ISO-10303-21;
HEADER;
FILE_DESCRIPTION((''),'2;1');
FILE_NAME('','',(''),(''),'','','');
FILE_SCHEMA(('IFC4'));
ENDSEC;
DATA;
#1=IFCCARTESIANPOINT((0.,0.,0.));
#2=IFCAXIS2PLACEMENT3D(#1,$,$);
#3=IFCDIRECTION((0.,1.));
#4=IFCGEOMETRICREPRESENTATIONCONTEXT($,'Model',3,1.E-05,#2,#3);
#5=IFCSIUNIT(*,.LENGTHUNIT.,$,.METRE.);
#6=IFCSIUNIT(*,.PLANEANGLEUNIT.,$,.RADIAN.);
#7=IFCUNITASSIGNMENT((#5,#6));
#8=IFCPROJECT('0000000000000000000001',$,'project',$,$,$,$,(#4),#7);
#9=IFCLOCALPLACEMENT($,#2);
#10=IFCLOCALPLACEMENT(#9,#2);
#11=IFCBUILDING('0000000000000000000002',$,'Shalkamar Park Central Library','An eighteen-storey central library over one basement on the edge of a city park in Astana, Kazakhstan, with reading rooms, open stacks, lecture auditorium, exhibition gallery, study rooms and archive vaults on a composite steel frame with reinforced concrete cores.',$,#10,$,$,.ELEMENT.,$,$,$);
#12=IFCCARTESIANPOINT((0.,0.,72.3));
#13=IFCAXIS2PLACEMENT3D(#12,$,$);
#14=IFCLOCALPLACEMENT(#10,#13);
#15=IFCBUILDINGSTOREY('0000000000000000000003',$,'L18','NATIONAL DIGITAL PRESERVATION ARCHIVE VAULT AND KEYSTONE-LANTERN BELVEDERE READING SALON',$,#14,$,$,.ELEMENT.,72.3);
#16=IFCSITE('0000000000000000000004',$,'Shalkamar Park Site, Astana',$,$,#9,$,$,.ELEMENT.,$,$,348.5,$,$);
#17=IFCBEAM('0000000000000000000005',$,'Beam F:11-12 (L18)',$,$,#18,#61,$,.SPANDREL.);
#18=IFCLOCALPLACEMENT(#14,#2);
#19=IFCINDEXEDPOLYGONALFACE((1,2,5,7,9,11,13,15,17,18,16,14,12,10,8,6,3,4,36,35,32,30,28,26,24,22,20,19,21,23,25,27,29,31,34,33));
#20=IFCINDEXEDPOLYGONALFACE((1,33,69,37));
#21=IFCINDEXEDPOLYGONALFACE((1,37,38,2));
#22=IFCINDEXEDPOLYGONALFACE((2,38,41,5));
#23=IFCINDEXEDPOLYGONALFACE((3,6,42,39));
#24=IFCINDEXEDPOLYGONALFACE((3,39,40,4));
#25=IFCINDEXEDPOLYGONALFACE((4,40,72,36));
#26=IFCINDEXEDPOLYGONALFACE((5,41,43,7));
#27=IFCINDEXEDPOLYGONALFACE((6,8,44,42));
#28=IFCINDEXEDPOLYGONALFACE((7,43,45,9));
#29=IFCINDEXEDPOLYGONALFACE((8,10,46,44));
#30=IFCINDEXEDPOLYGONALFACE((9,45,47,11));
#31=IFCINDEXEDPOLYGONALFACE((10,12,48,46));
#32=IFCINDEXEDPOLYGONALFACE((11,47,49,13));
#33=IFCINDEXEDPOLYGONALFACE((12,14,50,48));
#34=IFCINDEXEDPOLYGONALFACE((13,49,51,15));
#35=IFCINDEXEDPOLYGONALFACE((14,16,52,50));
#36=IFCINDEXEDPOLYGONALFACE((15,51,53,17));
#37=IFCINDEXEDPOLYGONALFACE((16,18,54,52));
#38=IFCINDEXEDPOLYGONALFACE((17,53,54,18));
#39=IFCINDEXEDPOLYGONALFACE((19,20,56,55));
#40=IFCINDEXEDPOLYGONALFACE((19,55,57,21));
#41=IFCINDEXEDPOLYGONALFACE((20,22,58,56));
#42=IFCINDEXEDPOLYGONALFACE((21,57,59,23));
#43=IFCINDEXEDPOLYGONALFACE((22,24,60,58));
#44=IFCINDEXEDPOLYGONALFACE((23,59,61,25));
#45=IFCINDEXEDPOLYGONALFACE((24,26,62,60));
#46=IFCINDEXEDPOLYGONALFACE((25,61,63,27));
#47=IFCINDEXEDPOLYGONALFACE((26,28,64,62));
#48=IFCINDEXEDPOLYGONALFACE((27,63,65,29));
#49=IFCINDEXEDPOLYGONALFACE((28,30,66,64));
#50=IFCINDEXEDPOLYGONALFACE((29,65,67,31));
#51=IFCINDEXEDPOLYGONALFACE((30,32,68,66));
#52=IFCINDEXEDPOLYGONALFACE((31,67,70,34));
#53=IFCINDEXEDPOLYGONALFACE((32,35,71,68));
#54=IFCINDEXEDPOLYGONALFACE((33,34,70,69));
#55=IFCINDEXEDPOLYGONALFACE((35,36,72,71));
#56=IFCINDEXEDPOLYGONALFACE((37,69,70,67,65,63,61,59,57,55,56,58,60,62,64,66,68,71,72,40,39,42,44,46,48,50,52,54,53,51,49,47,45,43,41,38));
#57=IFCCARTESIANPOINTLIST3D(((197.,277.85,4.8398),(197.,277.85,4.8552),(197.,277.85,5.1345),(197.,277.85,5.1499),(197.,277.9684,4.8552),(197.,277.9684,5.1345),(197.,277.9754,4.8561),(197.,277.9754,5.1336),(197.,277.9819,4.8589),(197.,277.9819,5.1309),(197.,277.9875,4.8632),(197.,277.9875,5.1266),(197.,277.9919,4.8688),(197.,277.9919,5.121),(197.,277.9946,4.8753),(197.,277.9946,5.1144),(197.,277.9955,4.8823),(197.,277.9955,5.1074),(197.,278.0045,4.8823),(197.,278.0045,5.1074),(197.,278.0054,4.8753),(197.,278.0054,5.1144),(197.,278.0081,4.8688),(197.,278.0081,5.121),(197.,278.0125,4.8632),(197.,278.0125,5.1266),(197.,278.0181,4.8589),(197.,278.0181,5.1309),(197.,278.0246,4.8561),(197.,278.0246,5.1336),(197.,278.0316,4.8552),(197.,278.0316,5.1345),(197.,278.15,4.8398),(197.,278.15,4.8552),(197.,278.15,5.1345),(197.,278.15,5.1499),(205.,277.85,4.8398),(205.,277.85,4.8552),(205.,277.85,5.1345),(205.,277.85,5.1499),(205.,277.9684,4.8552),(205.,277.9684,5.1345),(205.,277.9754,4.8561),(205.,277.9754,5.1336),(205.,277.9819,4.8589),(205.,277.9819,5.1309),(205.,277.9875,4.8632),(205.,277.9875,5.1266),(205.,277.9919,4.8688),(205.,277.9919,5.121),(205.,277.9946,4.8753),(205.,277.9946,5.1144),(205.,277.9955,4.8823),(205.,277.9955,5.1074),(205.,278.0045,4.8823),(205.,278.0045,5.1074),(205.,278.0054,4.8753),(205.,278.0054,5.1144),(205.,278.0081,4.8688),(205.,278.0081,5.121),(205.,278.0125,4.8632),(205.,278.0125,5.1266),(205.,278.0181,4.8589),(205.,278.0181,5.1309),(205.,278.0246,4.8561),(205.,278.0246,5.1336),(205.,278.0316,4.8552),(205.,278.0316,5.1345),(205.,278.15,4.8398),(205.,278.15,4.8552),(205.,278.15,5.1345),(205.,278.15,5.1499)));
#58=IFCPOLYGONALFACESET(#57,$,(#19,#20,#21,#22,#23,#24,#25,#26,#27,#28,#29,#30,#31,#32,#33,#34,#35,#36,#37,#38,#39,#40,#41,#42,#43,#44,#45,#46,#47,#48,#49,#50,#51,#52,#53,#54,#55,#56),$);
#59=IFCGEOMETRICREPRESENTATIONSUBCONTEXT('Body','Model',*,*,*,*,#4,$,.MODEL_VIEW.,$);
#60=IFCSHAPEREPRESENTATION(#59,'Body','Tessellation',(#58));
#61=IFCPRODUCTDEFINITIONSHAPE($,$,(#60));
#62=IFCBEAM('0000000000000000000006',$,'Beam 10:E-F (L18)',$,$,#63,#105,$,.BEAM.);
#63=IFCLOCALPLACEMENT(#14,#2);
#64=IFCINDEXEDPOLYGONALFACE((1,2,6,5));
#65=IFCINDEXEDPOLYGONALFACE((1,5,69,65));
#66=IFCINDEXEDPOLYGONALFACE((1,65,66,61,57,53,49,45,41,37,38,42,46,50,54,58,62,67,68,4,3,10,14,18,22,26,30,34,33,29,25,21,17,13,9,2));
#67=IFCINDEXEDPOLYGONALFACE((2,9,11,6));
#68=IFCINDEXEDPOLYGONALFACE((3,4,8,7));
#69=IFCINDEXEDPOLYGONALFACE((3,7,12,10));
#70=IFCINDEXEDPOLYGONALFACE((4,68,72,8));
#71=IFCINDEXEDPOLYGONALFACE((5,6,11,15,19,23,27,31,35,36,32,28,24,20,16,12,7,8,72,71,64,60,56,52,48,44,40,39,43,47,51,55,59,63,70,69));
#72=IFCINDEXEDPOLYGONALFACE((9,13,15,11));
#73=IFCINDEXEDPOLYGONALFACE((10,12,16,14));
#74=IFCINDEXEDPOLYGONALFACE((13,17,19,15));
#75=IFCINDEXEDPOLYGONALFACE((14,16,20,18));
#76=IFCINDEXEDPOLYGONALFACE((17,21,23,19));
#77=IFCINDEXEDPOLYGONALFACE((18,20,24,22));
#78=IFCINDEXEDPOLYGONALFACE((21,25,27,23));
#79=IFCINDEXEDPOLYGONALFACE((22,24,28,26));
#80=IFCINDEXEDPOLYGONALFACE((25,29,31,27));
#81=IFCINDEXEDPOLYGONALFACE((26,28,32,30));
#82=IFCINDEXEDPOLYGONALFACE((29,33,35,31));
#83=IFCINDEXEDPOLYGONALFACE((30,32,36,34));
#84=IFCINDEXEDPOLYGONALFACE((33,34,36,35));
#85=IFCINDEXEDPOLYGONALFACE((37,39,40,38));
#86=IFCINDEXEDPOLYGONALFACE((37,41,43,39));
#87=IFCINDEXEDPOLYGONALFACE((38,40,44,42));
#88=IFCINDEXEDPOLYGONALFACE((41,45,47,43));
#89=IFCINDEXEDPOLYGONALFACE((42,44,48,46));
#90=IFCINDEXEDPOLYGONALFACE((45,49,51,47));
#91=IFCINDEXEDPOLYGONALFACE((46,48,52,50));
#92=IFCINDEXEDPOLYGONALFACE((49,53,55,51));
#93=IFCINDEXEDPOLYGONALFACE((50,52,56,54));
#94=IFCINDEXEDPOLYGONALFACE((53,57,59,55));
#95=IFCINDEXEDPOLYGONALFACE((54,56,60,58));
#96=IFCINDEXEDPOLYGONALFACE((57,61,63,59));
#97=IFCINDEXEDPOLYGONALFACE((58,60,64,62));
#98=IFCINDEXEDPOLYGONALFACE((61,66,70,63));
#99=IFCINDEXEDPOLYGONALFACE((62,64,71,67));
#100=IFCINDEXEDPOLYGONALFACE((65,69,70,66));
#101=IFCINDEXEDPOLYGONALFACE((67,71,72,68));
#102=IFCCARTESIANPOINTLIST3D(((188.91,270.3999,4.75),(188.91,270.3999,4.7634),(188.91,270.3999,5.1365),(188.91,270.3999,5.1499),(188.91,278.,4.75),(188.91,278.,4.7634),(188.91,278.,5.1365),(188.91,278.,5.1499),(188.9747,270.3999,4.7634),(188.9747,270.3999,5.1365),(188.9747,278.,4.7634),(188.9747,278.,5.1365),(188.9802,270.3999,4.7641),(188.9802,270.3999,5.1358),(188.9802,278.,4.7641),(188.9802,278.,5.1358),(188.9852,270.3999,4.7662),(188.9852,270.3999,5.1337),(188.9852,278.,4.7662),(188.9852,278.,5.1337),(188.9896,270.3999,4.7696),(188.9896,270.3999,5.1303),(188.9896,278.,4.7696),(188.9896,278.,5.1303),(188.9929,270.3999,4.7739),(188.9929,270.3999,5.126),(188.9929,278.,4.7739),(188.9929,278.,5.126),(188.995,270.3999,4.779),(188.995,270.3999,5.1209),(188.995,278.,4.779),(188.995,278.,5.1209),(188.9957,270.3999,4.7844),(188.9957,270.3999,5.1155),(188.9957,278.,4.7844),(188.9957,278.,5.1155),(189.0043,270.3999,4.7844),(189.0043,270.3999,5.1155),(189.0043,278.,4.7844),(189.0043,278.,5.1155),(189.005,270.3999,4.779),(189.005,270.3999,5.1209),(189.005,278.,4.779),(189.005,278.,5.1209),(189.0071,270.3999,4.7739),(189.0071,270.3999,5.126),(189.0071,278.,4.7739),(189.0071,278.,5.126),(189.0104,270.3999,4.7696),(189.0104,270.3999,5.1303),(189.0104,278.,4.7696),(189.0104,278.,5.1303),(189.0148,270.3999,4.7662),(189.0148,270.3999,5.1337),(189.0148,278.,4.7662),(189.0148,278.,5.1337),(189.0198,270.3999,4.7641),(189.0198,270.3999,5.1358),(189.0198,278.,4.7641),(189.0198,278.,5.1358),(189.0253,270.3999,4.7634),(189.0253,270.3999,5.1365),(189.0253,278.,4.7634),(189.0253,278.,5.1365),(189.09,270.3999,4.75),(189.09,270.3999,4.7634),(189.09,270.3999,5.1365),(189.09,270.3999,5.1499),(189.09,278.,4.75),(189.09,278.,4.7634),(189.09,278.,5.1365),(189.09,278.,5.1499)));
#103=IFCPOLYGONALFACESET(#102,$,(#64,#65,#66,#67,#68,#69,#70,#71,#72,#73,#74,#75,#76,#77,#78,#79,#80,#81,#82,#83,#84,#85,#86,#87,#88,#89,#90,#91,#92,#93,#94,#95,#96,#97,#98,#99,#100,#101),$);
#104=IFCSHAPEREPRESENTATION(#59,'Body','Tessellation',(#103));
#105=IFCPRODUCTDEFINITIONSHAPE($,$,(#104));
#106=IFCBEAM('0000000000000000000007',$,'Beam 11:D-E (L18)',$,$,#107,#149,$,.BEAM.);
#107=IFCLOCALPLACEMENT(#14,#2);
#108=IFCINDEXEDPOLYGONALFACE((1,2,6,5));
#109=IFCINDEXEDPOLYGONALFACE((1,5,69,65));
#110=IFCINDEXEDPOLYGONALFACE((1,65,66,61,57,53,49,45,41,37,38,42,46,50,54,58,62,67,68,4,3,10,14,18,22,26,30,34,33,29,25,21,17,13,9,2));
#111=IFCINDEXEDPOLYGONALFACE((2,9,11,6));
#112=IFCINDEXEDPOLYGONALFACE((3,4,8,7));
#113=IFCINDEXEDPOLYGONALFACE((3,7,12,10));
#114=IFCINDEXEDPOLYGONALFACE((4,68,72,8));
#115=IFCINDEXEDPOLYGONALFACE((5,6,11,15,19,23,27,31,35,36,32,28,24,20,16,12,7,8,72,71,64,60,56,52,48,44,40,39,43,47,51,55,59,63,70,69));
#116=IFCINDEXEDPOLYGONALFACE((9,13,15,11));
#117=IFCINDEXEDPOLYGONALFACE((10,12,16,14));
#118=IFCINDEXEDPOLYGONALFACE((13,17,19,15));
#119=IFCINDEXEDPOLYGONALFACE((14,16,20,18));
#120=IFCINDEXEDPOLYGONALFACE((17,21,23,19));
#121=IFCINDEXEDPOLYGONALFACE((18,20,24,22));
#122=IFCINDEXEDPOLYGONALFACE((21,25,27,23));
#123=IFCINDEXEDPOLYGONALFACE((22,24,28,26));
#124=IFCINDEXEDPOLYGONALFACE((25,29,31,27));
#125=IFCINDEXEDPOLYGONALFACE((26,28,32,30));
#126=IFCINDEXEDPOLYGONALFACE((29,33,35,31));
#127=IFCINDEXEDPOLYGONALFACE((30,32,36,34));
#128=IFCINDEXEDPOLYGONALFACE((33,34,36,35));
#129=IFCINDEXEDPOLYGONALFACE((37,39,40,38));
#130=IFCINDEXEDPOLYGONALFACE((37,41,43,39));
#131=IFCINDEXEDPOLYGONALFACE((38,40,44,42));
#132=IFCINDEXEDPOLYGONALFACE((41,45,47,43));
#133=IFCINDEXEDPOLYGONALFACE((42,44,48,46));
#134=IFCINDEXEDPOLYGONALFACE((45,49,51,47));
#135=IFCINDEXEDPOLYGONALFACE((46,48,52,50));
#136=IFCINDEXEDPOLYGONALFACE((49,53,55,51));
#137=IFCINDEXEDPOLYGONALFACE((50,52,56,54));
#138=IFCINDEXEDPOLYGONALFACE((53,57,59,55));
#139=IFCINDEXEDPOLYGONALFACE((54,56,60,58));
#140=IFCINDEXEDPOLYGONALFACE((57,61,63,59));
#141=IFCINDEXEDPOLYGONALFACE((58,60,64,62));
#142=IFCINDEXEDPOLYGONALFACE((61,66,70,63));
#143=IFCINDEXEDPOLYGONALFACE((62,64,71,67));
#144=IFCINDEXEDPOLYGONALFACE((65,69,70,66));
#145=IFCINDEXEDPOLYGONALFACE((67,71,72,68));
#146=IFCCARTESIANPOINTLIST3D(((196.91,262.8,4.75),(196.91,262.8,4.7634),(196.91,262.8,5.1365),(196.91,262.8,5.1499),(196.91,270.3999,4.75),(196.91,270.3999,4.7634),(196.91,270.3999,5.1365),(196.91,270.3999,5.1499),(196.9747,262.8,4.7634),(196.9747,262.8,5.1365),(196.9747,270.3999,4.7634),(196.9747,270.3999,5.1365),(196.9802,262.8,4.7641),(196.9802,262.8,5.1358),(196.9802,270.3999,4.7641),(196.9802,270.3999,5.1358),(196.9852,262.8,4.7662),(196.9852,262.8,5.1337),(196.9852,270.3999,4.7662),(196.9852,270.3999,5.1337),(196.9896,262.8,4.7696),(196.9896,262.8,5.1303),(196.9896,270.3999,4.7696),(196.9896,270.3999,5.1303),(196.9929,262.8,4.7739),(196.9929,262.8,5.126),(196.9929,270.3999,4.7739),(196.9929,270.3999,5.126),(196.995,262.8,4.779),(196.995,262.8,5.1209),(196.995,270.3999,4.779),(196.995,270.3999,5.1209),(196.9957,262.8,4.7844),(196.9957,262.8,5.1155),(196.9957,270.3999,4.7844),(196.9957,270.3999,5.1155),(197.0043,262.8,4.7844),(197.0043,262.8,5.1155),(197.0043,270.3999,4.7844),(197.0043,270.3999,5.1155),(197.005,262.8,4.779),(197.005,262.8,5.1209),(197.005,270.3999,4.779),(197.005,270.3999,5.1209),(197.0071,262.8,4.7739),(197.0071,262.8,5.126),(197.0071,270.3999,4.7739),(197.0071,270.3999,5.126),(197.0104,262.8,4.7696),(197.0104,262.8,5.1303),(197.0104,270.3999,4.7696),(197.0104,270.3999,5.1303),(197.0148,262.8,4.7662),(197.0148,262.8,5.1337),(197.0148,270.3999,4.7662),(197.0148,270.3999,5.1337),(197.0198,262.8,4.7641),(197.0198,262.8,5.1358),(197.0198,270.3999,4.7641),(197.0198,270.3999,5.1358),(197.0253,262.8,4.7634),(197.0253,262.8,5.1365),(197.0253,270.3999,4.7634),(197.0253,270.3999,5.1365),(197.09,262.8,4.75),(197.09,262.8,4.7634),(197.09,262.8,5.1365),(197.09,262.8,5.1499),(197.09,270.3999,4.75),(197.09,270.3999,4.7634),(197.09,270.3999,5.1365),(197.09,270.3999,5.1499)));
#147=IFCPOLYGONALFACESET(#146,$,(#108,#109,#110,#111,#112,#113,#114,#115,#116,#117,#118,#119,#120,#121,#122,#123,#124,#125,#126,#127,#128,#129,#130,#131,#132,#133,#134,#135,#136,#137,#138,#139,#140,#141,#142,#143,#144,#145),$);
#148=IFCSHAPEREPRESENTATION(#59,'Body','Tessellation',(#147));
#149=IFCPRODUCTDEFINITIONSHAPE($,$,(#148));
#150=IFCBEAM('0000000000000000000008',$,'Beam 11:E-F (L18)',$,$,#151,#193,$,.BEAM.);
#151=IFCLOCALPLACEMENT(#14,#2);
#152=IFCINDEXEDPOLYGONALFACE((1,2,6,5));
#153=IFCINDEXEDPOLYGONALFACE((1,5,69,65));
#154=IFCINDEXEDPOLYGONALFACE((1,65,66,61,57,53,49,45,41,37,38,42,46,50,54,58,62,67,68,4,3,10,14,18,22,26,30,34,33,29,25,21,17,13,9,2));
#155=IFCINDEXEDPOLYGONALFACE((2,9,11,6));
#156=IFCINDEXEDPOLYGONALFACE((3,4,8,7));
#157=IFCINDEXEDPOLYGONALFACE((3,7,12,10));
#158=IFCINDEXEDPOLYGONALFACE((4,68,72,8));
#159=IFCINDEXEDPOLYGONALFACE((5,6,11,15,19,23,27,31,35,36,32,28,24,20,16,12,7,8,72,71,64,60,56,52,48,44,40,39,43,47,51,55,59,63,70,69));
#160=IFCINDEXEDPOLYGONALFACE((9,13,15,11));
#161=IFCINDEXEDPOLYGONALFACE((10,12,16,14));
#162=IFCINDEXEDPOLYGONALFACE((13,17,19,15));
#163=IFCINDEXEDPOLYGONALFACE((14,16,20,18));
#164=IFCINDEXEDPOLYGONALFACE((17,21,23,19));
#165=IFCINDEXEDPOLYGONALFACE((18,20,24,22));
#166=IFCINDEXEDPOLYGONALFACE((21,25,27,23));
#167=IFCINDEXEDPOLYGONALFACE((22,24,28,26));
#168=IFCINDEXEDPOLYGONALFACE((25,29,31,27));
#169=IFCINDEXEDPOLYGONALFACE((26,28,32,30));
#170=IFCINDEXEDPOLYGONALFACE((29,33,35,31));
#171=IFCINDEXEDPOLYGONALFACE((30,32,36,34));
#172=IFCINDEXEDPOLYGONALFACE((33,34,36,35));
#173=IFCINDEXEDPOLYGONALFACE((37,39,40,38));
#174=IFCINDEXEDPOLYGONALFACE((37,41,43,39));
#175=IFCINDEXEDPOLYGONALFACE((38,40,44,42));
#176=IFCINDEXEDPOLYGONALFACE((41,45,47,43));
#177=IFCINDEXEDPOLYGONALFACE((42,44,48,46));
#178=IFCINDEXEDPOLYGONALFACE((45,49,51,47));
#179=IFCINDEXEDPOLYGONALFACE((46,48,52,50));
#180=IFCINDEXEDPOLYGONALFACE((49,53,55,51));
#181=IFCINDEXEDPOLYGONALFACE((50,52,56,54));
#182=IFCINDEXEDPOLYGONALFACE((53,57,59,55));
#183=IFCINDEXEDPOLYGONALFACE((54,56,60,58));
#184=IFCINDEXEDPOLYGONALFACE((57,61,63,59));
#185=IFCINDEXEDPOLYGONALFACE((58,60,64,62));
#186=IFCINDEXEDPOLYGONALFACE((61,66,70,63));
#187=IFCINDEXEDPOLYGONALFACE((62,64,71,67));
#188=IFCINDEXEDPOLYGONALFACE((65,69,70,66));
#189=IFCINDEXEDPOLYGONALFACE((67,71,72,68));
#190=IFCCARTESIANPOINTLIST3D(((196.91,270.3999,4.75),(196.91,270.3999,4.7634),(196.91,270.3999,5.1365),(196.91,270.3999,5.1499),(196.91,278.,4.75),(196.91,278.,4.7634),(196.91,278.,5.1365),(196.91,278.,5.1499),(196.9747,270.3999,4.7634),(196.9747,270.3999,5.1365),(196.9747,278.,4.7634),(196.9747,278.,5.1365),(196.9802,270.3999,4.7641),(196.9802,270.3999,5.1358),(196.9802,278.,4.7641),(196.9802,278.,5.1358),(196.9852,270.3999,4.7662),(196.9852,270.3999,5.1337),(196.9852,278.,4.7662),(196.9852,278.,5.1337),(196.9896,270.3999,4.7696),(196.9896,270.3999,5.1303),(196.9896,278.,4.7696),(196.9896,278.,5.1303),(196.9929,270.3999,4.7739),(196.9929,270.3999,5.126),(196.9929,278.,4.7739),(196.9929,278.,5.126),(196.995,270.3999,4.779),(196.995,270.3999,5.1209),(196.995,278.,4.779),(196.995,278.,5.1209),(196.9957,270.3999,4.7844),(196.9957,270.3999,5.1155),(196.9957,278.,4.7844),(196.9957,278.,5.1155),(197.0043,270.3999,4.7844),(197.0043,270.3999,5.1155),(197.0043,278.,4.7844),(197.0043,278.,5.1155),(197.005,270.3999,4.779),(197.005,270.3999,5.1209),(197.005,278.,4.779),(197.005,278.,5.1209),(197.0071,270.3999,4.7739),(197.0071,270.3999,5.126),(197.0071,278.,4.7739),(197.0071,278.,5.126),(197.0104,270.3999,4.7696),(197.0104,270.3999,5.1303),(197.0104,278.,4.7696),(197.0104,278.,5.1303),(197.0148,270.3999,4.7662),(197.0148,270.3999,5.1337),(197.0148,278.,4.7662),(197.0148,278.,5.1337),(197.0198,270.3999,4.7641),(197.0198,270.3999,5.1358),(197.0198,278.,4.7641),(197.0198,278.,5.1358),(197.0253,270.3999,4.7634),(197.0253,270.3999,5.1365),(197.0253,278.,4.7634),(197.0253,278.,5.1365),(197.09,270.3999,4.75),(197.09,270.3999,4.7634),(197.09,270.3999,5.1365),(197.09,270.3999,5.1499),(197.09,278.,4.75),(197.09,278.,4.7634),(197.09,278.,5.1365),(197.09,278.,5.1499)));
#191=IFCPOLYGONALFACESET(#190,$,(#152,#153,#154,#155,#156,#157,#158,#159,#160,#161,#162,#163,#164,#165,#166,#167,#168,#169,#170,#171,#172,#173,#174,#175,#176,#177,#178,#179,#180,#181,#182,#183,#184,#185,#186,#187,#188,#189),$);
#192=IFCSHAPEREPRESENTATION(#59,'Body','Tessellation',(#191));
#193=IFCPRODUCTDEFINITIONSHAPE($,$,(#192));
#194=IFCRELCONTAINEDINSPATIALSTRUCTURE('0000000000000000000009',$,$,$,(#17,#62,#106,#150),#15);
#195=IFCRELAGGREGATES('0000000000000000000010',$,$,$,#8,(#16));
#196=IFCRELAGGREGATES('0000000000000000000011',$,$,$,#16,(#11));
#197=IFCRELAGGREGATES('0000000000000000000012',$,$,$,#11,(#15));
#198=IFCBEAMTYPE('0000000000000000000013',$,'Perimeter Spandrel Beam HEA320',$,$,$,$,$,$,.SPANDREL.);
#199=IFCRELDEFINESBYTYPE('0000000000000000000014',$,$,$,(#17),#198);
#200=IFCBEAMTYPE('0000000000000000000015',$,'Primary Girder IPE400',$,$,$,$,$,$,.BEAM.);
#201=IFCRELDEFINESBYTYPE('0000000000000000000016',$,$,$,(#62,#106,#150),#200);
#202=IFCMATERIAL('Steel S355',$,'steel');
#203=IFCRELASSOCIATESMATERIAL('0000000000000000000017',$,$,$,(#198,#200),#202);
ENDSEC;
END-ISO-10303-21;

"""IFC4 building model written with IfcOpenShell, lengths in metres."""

from ifc_helpers import new_model, si_unit, direction, frame, origin, origin_2d, place, context, subcontext, project, spatial, i_section, extrude, material, material_profile, profile_set, type_object, element, save


model = new_model("IFC4")

# Units and contexts
model_context = context("Model", 3, precision=1e-05, world=origin(), true_north=direction((0.0, 1.0)))
body_context = subcontext(model_context, "Body", "Model", "MODEL_VIEW")
ifc_project = project(units=[si_unit("LENGTHUNIT", "METRE"), si_unit("PLANEANGLEUNIT", "RADIAN")], contexts=[model_context])

# Site, building, storey
site_placement = place(None, origin())
site = spatial("IfcSite", under=ifc_project, at=site_placement, Name="Shalkamar Park Site, Astana", CompositionType="ELEMENT", RefElevation=348.5)
building_placement = place(site_placement, origin())
building = spatial("IfcBuilding", under=site, at=building_placement, Name="Shalkamar Park Central Library", Description="An eighteen-storey central library over one basement on the edge of a city park in Astana, Kazakhstan, with reading rooms, open stacks, lecture auditorium, exhibition gallery, study rooms and archive vaults on a composite steel frame with reinforced concrete cores.", CompositionType="ELEMENT")
storey_placement = place(building_placement, frame((0.0, 0.0, 72.3)))
storey = spatial("IfcBuildingStorey", under=building, at=storey_placement, Name="L18", Description="NATIONAL DIGITAL PRESERVATION ARCHIVE VAULT AND KEYSTONE-LANTERN BELVEDERE READING SALON", CompositionType="ELEMENT", Elevation=72.3)

# Shared definitions
ifc_material_1 = material(Name="Steel S355", Category="steel")

# Beams
ifc_material_profile_1 = material_profile(ifc_material_1, i_section(OverallWidth=0.3, OverallDepth=0.3101, WebThickness=0.009, FlangeThickness=0.0154, FilletRadius=0.0271, at=origin_2d()), Name="HEA 320")
ifc_profile_set_1 = profile_set([ifc_material_profile_1], Name="Steel S355")
beam_type_1 = type_object("IfcBeamType", Name="Perimeter Spandrel Beam HEA320", PredefinedType="SPANDREL", material=ifc_profile_set_1)
for number, where, z_axis, x_axis, name in (
    (1, (197.0, 278.0, 4.9949), (1.0, 0.0, 0.0), (0.0, 1.0, 0.0), "Beam F:11-12 (L18)"),
):
    element("IfcBeam", number, at=place(storey_placement, frame(where, z_axis=z_axis, x_axis=x_axis)), inside=storey, type_object=beam_type_1, Name=name, PredefinedType="SPANDREL", context=body_context, shape_type="SweptSolid", body=[
        extrude(i_section(OverallWidth=0.3, OverallDepth=0.3101, WebThickness=0.009, FlangeThickness=0.0154, FilletRadius=0.0271, at=origin_2d()), origin(), (0.0, 0.0, 1.0), 8.0),
    ])
ifc_material_profile_2 = material_profile(ifc_material_1, i_section(OverallWidth=0.1799, OverallDepth=0.3999, WebThickness=0.0085, FlangeThickness=0.0134, FilletRadius=0.021, at=origin_2d()), Name="IPE 400")
ifc_profile_set_2 = profile_set([ifc_material_profile_2], Name="Steel S355")
beam_type_2 = type_object("IfcBeamType", Name="Primary Girder IPE400", PredefinedType="BEAM", material=ifc_profile_set_2)
beam_1_placement = place(storey_placement, frame((189.0, 270.3999, 4.95), z_axis=(0.0, 1.0, 0.0), x_axis=(-1.0, 0.0, 0.0)))
element("IfcBeam", 2, at=beam_1_placement, inside=storey, type_object=beam_type_2, Name="Beam 10:E-F (L18)", PredefinedType="BEAM", context=body_context, shape_type="SweptSolid", body=[
    extrude(i_section(OverallWidth=0.1799, OverallDepth=0.3999, WebThickness=0.0085, FlangeThickness=0.0134, FilletRadius=0.021, at=origin_2d()), origin(), (0.0, 0.0, 1.0), 7.6001),
])
beam_2_placement = place(storey_placement, frame((197.0, 262.8, 4.95), z_axis=(0.0, 1.0, 0.0), x_axis=(-1.0, 0.0, 0.0)))
element("IfcBeam", 3, at=beam_2_placement, inside=storey, type_object=beam_type_2, Name="Beam 11:D-E (L18)", PredefinedType="BEAM", context=body_context, shape_type="SweptSolid", body=[
    extrude(i_section(OverallWidth=0.1799, OverallDepth=0.3999, WebThickness=0.0085, FlangeThickness=0.0134, FilletRadius=0.021, at=origin_2d()), origin(), (0.0, 0.0, 1.0), 7.5999),
])
beam_3_placement = place(storey_placement, frame((197.0, 270.3999, 4.95), z_axis=(0.0, 1.0, 0.0), x_axis=(-1.0, 0.0, 0.0)))
element("IfcBeam", 4, at=beam_3_placement, inside=storey, type_object=beam_type_2, Name="Beam 11:E-F (L18)", PredefinedType="BEAM", context=body_context, shape_type="SweptSolid", body=[
    extrude(i_section(OverallWidth=0.1799, OverallDepth=0.3999, WebThickness=0.0085, FlangeThickness=0.0134, FilletRadius=0.021, at=origin_2d()), origin(), (0.0, 0.0, 1.0), 7.6001),
])

save(model, "model.ifc")
